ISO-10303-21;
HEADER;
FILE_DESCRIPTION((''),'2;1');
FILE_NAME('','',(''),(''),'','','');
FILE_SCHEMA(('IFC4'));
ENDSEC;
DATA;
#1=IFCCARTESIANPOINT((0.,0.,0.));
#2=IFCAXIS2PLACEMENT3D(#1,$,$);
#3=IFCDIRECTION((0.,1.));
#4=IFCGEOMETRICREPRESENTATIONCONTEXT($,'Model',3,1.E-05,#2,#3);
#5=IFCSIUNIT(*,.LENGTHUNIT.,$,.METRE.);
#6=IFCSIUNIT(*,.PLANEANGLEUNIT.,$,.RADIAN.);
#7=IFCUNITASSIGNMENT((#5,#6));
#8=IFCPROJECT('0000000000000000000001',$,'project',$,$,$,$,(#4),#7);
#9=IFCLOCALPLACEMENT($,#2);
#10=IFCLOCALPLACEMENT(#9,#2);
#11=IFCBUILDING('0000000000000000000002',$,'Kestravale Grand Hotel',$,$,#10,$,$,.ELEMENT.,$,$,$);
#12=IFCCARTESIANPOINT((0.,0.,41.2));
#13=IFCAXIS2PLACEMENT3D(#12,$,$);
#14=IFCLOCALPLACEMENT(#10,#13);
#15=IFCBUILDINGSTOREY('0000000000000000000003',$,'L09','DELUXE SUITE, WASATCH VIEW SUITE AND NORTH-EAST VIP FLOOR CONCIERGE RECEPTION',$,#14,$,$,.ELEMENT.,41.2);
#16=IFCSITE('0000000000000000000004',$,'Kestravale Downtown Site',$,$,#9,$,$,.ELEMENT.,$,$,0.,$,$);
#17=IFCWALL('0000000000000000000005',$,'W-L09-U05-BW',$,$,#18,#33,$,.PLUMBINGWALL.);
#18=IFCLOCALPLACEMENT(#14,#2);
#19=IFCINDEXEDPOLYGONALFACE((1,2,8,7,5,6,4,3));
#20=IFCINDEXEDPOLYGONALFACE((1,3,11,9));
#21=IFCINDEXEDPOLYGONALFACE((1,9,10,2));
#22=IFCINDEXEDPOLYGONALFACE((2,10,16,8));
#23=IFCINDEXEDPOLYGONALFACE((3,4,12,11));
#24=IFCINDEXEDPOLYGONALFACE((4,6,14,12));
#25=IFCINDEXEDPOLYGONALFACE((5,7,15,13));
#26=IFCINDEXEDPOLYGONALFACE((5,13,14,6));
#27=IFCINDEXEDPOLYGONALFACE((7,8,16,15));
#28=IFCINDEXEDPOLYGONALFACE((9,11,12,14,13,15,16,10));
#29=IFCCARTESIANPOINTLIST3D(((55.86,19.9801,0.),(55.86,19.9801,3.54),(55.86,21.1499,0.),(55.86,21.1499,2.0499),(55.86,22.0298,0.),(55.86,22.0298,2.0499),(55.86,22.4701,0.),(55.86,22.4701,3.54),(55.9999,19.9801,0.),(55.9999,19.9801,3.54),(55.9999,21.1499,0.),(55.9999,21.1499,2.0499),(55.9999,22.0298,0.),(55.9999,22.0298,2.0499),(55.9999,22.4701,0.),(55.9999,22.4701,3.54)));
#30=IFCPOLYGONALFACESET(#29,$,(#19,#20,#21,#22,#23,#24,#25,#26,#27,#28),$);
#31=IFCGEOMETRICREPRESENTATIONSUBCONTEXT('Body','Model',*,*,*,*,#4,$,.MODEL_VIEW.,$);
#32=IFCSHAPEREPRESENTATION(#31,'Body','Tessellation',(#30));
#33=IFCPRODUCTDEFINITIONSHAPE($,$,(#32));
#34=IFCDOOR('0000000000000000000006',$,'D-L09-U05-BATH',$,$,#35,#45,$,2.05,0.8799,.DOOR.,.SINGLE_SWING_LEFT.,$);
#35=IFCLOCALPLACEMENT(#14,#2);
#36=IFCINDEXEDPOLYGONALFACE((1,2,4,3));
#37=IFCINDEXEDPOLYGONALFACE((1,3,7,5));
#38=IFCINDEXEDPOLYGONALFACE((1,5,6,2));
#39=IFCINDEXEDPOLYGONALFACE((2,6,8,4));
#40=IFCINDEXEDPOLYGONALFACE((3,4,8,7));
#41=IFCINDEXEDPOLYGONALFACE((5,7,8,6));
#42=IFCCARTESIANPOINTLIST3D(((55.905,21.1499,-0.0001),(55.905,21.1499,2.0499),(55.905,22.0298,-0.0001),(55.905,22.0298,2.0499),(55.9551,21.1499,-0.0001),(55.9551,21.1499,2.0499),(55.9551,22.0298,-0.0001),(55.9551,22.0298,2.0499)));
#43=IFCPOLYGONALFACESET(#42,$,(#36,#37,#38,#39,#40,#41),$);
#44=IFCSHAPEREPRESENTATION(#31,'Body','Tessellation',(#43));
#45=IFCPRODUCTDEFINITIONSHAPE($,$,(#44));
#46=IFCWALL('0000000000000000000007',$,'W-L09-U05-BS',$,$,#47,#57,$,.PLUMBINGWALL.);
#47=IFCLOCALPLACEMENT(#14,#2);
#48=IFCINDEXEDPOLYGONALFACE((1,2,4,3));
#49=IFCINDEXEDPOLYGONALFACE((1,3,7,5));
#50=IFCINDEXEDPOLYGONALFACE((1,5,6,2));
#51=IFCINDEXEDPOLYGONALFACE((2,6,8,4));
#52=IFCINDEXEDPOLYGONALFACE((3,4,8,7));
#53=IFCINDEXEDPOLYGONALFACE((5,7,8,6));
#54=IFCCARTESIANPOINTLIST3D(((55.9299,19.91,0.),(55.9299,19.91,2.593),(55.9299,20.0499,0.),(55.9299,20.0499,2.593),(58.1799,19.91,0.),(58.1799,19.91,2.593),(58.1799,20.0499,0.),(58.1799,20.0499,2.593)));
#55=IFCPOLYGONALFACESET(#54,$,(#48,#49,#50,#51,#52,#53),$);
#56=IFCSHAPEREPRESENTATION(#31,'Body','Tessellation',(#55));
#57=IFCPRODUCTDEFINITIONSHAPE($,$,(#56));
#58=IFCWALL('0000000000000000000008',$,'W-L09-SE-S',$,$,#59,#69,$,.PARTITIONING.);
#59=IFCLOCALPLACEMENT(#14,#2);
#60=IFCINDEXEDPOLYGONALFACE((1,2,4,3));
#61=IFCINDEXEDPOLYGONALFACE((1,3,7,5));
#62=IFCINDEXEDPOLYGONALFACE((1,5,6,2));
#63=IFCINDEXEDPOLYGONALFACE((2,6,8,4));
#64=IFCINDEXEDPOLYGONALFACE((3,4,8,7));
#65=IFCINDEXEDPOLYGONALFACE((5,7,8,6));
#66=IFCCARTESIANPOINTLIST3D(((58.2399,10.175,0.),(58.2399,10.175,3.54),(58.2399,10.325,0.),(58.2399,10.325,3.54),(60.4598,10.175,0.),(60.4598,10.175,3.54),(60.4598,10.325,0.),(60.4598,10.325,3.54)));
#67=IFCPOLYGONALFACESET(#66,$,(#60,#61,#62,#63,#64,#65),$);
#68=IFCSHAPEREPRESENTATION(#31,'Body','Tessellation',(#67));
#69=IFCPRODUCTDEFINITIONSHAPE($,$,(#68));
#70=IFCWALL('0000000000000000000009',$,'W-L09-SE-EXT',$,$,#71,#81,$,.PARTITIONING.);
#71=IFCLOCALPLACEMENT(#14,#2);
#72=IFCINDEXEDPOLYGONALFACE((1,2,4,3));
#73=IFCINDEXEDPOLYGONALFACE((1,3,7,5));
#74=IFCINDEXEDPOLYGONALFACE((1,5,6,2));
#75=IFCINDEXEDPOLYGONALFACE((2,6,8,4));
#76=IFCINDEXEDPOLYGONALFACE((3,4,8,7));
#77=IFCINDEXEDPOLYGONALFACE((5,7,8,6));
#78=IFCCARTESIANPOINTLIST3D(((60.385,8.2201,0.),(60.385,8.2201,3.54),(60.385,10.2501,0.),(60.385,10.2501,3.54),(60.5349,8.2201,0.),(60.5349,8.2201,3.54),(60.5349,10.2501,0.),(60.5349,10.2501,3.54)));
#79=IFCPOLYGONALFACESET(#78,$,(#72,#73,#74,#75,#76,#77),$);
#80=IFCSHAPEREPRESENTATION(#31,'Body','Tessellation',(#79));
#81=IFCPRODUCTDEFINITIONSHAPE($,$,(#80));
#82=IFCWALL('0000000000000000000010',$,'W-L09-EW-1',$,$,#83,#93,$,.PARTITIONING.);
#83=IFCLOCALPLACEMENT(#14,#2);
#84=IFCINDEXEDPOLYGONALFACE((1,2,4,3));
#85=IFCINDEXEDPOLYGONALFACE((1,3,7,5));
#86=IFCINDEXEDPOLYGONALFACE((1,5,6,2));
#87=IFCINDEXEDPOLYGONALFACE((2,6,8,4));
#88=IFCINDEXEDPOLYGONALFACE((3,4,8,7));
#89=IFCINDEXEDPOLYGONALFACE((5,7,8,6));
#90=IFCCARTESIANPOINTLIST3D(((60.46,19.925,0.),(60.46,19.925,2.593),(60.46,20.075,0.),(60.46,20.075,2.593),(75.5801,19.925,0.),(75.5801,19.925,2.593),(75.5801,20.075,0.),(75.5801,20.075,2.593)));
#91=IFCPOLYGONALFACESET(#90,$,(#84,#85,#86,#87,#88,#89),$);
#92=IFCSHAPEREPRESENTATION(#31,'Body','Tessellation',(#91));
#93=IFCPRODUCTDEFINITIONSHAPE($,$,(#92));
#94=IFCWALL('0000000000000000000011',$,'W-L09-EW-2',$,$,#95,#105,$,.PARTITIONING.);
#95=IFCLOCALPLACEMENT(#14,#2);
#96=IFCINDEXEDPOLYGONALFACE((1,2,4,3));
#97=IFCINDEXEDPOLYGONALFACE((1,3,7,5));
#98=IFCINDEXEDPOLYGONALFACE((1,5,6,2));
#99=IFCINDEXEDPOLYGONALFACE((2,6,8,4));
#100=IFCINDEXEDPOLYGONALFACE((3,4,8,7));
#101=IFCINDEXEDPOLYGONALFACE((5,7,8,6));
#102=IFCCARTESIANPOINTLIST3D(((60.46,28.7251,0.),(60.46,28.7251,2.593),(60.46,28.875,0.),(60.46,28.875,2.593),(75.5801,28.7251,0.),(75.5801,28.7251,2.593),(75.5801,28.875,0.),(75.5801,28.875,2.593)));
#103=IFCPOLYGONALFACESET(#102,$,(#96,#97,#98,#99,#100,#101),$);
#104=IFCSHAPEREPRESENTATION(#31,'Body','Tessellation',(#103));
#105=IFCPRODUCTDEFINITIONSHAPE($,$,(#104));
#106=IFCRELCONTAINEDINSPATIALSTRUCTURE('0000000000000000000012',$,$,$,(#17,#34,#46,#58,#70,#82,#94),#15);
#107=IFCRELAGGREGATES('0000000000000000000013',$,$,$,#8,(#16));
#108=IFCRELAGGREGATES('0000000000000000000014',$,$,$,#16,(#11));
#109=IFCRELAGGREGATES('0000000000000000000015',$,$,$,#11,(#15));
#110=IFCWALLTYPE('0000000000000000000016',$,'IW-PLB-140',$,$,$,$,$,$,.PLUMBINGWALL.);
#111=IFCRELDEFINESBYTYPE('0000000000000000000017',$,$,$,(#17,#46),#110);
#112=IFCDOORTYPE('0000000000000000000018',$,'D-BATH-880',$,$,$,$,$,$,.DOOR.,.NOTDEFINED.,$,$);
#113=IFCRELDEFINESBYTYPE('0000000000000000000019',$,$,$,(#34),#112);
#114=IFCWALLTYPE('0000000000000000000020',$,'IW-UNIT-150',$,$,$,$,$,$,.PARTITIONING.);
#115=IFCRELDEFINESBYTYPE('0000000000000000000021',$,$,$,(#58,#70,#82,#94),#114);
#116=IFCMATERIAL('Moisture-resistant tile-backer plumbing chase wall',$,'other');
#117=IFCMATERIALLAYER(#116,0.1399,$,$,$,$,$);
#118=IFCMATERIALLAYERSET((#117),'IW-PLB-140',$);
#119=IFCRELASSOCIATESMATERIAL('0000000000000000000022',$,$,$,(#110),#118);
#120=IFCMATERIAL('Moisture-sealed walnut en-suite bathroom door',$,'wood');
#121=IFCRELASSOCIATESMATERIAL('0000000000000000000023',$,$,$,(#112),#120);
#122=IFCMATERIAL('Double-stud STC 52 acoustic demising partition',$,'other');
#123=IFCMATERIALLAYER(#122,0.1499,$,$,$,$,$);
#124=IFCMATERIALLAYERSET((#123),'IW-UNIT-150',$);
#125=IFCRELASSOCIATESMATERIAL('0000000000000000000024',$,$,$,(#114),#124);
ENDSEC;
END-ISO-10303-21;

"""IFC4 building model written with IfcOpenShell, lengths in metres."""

from ifc_helpers import new_model, si_unit, direction, frame, frame_2d, origin, place, context, subcontext, project, spatial, rectangle, extrude, material, layer, layer_set, type_object, element, fill, save


model = new_model("IFC4")

# Units and contexts
model_context = context("Model", 3, precision=1e-05, world=origin(), true_north=direction((0.0, 1.0)))
body_context = subcontext(model_context, "Body", "Model", "MODEL_VIEW")
ifc_project = project(units=[si_unit("LENGTHUNIT", "METRE"), si_unit("PLANEANGLEUNIT", "RADIAN")], contexts=[model_context])

# Site, building, storey
site_placement = place(None, origin())
site = spatial("IfcSite", under=ifc_project, at=site_placement, Name="Kestravale Downtown Site", CompositionType="ELEMENT", RefElevation=0.0)
building_placement = place(site_placement, origin())
building = spatial("IfcBuilding", under=site, at=building_placement, Name="Kestravale Grand Hotel", CompositionType="ELEMENT")
storey_placement = place(building_placement, frame((0.0, 0.0, 41.2)))
storey = spatial("IfcBuildingStorey", under=building, at=storey_placement, Name="L09", Description="DELUXE SUITE, WASATCH VIEW SUITE AND NORTH-EAST VIP FLOOR CONCIERGE RECEPTION", CompositionType="ELEMENT", Elevation=41.2)

# Wall, opening, door
ifc_material_1 = material(Name="Moisture-resistant tile-backer plumbing chase wall", Category="other")
ifc_layer_1 = layer(ifc_material_1, 0.1399)
ifc_layer_set_1 = layer_set([ifc_layer_1], Name="IW-PLB-140")
wall_type_1 = type_object("IfcWallType", Name="IW-PLB-140", PredefinedType="PLUMBINGWALL", material=ifc_layer_set_1)
wall_1_placement = place(storey_placement, frame((55.9299, 19.98, 0.0), z_axis=(0.0, 0.0, 1.0), x_axis=(0.0, 1.0, 0.0)))
wall_1 = element("IfcWall", 1, at=wall_1_placement, inside=storey, type_object=wall_type_1, Name="W-L09-U05-BW", PredefinedType="PLUMBINGWALL", context=body_context, shape_type="SweptSolid", body=[
    extrude(rectangle(XDim=2.49, YDim=0.1399, at=frame_2d((1.2451, 0.0))), origin(), (0.0, 0.0, 1.0), 3.54),
])
opening_1_placement = place(wall_1_placement, frame((1.1699, 0.0, 0.0)))
opening_1 = element("IfcOpeningElement", 2, at=opening_1_placement, cuts=wall_1, PredefinedType="OPENING", context=body_context, shape_type="SweptSolid", body=[
    extrude(rectangle(XDim=0.8799, YDim=2.05, at=frame_2d((0.4399, 1.0249))), frame((0.0, 0.0798, 0.0), z_axis=(0.0, -1.0, 0.0), x_axis=(1.0, 0.0, 0.0)), (0.0, 0.0, 1.0), 0.1599),
])
ifc_material_2 = material(Name="Moisture-sealed walnut en-suite bathroom door", Category="wood")
door_type_1 = type_object("IfcDoorType", Name="D-BATH-880", OperationType="NOTDEFINED", PredefinedType="DOOR", material=ifc_material_2)
door_1_placement = place(opening_1_placement, origin())
door_1 = element("IfcDoor", 3, at=door_1_placement, inside=storey, type_object=door_type_1, Name="D-L09-U05-BATH", OperationType="SINGLE_SWING_LEFT", OverallHeight=2.05, OverallWidth=0.8799, PredefinedType="DOOR", context=body_context, shape_type="SweptSolid", body=[
    extrude(rectangle(XDim=0.8799, YDim=2.05, at=frame_2d((0.4399, 1.0249))), frame((0.0, 0.0249, 0.0), z_axis=(0.0, -1.0, 0.0), x_axis=(1.0, 0.0, 0.0)), (0.0, 0.0, 1.0), 0.05),
])
fill(opening_1, door_1)

# Walls
wall_2_placement = place(storey_placement, frame((55.9299, 19.98, 0.0), z_axis=(0.0, 0.0, 1.0), x_axis=(1.0, 0.0, 0.0)))
element("IfcWall", 4, at=wall_2_placement, inside=storey, type_object=wall_type_1, Name="W-L09-U05-BS", PredefinedType="PLUMBINGWALL", context=body_context, shape_type="SweptSolid", body=[
    extrude(rectangle(XDim=2.25, YDim=0.1399, at=frame_2d((1.125, 0.0))), origin(), (0.0, 0.0, 1.0), 2.593),
])
ifc_material_3 = material(Name="Double-stud STC 52 acoustic demising partition", Category="other")
ifc_layer_2 = layer(ifc_material_3, 0.1499)
ifc_layer_set_2 = layer_set([ifc_layer_2], Name="IW-UNIT-150")
wall_type_2 = type_object("IfcWallType", Name="IW-UNIT-150", PredefinedType="PARTITIONING", material=ifc_layer_set_2)
wall_3_placement = place(storey_placement, frame((58.24, 10.25, 0.0), z_axis=(0.0, 0.0, 1.0), x_axis=(1.0, 0.0, 0.0)))
element("IfcWall", 5, at=wall_3_placement, inside=storey, type_object=wall_type_2, Name="W-L09-SE-S", PredefinedType="PARTITIONING", context=body_context, shape_type="SweptSolid", body=[
    extrude(rectangle(XDim=2.22, YDim=0.1499, at=frame_2d((1.1099, 0.0))), origin(), (0.0, 0.0, 1.0), 3.54),
])
wall_4_placement = place(storey_placement, frame((60.46, 8.22, 0.0), z_axis=(0.0, 0.0, 1.0), x_axis=(0.0, 1.0, 0.0)))
element("IfcWall", 6, at=wall_4_placement, inside=storey, type_object=wall_type_2, Name="W-L09-SE-EXT", PredefinedType="PARTITIONING", context=body_context, shape_type="SweptSolid", body=[
    extrude(rectangle(XDim=2.03, YDim=0.1499, at=frame_2d((1.0151, 0.0))), origin(), (0.0, 0.0, 1.0), 3.54),
])
for number, where, z_axis, x_axis, name in (
    (7, (60.46, 20.0, 0.0), (0.0, 0.0, 1.0), (1.0, 0.0, 0.0), "W-L09-EW-1"),
    (8, (60.46, 28.8, 0.0), (0.0, 0.0, 1.0), (1.0, 0.0, 0.0), "W-L09-EW-2"),
):
    element("IfcWall", number, at=place(storey_placement, frame(where, z_axis=z_axis, x_axis=x_axis)), inside=storey, type_object=wall_type_2, Name=name, PredefinedType="PARTITIONING", context=body_context, shape_type="SweptSolid", body=[
        extrude(rectangle(XDim=15.1201, YDim=0.1499, at=frame_2d((7.5601, 0.0))), origin(), (0.0, 0.0, 1.0), 2.593),
    ])

save(model, "model.ifc")
